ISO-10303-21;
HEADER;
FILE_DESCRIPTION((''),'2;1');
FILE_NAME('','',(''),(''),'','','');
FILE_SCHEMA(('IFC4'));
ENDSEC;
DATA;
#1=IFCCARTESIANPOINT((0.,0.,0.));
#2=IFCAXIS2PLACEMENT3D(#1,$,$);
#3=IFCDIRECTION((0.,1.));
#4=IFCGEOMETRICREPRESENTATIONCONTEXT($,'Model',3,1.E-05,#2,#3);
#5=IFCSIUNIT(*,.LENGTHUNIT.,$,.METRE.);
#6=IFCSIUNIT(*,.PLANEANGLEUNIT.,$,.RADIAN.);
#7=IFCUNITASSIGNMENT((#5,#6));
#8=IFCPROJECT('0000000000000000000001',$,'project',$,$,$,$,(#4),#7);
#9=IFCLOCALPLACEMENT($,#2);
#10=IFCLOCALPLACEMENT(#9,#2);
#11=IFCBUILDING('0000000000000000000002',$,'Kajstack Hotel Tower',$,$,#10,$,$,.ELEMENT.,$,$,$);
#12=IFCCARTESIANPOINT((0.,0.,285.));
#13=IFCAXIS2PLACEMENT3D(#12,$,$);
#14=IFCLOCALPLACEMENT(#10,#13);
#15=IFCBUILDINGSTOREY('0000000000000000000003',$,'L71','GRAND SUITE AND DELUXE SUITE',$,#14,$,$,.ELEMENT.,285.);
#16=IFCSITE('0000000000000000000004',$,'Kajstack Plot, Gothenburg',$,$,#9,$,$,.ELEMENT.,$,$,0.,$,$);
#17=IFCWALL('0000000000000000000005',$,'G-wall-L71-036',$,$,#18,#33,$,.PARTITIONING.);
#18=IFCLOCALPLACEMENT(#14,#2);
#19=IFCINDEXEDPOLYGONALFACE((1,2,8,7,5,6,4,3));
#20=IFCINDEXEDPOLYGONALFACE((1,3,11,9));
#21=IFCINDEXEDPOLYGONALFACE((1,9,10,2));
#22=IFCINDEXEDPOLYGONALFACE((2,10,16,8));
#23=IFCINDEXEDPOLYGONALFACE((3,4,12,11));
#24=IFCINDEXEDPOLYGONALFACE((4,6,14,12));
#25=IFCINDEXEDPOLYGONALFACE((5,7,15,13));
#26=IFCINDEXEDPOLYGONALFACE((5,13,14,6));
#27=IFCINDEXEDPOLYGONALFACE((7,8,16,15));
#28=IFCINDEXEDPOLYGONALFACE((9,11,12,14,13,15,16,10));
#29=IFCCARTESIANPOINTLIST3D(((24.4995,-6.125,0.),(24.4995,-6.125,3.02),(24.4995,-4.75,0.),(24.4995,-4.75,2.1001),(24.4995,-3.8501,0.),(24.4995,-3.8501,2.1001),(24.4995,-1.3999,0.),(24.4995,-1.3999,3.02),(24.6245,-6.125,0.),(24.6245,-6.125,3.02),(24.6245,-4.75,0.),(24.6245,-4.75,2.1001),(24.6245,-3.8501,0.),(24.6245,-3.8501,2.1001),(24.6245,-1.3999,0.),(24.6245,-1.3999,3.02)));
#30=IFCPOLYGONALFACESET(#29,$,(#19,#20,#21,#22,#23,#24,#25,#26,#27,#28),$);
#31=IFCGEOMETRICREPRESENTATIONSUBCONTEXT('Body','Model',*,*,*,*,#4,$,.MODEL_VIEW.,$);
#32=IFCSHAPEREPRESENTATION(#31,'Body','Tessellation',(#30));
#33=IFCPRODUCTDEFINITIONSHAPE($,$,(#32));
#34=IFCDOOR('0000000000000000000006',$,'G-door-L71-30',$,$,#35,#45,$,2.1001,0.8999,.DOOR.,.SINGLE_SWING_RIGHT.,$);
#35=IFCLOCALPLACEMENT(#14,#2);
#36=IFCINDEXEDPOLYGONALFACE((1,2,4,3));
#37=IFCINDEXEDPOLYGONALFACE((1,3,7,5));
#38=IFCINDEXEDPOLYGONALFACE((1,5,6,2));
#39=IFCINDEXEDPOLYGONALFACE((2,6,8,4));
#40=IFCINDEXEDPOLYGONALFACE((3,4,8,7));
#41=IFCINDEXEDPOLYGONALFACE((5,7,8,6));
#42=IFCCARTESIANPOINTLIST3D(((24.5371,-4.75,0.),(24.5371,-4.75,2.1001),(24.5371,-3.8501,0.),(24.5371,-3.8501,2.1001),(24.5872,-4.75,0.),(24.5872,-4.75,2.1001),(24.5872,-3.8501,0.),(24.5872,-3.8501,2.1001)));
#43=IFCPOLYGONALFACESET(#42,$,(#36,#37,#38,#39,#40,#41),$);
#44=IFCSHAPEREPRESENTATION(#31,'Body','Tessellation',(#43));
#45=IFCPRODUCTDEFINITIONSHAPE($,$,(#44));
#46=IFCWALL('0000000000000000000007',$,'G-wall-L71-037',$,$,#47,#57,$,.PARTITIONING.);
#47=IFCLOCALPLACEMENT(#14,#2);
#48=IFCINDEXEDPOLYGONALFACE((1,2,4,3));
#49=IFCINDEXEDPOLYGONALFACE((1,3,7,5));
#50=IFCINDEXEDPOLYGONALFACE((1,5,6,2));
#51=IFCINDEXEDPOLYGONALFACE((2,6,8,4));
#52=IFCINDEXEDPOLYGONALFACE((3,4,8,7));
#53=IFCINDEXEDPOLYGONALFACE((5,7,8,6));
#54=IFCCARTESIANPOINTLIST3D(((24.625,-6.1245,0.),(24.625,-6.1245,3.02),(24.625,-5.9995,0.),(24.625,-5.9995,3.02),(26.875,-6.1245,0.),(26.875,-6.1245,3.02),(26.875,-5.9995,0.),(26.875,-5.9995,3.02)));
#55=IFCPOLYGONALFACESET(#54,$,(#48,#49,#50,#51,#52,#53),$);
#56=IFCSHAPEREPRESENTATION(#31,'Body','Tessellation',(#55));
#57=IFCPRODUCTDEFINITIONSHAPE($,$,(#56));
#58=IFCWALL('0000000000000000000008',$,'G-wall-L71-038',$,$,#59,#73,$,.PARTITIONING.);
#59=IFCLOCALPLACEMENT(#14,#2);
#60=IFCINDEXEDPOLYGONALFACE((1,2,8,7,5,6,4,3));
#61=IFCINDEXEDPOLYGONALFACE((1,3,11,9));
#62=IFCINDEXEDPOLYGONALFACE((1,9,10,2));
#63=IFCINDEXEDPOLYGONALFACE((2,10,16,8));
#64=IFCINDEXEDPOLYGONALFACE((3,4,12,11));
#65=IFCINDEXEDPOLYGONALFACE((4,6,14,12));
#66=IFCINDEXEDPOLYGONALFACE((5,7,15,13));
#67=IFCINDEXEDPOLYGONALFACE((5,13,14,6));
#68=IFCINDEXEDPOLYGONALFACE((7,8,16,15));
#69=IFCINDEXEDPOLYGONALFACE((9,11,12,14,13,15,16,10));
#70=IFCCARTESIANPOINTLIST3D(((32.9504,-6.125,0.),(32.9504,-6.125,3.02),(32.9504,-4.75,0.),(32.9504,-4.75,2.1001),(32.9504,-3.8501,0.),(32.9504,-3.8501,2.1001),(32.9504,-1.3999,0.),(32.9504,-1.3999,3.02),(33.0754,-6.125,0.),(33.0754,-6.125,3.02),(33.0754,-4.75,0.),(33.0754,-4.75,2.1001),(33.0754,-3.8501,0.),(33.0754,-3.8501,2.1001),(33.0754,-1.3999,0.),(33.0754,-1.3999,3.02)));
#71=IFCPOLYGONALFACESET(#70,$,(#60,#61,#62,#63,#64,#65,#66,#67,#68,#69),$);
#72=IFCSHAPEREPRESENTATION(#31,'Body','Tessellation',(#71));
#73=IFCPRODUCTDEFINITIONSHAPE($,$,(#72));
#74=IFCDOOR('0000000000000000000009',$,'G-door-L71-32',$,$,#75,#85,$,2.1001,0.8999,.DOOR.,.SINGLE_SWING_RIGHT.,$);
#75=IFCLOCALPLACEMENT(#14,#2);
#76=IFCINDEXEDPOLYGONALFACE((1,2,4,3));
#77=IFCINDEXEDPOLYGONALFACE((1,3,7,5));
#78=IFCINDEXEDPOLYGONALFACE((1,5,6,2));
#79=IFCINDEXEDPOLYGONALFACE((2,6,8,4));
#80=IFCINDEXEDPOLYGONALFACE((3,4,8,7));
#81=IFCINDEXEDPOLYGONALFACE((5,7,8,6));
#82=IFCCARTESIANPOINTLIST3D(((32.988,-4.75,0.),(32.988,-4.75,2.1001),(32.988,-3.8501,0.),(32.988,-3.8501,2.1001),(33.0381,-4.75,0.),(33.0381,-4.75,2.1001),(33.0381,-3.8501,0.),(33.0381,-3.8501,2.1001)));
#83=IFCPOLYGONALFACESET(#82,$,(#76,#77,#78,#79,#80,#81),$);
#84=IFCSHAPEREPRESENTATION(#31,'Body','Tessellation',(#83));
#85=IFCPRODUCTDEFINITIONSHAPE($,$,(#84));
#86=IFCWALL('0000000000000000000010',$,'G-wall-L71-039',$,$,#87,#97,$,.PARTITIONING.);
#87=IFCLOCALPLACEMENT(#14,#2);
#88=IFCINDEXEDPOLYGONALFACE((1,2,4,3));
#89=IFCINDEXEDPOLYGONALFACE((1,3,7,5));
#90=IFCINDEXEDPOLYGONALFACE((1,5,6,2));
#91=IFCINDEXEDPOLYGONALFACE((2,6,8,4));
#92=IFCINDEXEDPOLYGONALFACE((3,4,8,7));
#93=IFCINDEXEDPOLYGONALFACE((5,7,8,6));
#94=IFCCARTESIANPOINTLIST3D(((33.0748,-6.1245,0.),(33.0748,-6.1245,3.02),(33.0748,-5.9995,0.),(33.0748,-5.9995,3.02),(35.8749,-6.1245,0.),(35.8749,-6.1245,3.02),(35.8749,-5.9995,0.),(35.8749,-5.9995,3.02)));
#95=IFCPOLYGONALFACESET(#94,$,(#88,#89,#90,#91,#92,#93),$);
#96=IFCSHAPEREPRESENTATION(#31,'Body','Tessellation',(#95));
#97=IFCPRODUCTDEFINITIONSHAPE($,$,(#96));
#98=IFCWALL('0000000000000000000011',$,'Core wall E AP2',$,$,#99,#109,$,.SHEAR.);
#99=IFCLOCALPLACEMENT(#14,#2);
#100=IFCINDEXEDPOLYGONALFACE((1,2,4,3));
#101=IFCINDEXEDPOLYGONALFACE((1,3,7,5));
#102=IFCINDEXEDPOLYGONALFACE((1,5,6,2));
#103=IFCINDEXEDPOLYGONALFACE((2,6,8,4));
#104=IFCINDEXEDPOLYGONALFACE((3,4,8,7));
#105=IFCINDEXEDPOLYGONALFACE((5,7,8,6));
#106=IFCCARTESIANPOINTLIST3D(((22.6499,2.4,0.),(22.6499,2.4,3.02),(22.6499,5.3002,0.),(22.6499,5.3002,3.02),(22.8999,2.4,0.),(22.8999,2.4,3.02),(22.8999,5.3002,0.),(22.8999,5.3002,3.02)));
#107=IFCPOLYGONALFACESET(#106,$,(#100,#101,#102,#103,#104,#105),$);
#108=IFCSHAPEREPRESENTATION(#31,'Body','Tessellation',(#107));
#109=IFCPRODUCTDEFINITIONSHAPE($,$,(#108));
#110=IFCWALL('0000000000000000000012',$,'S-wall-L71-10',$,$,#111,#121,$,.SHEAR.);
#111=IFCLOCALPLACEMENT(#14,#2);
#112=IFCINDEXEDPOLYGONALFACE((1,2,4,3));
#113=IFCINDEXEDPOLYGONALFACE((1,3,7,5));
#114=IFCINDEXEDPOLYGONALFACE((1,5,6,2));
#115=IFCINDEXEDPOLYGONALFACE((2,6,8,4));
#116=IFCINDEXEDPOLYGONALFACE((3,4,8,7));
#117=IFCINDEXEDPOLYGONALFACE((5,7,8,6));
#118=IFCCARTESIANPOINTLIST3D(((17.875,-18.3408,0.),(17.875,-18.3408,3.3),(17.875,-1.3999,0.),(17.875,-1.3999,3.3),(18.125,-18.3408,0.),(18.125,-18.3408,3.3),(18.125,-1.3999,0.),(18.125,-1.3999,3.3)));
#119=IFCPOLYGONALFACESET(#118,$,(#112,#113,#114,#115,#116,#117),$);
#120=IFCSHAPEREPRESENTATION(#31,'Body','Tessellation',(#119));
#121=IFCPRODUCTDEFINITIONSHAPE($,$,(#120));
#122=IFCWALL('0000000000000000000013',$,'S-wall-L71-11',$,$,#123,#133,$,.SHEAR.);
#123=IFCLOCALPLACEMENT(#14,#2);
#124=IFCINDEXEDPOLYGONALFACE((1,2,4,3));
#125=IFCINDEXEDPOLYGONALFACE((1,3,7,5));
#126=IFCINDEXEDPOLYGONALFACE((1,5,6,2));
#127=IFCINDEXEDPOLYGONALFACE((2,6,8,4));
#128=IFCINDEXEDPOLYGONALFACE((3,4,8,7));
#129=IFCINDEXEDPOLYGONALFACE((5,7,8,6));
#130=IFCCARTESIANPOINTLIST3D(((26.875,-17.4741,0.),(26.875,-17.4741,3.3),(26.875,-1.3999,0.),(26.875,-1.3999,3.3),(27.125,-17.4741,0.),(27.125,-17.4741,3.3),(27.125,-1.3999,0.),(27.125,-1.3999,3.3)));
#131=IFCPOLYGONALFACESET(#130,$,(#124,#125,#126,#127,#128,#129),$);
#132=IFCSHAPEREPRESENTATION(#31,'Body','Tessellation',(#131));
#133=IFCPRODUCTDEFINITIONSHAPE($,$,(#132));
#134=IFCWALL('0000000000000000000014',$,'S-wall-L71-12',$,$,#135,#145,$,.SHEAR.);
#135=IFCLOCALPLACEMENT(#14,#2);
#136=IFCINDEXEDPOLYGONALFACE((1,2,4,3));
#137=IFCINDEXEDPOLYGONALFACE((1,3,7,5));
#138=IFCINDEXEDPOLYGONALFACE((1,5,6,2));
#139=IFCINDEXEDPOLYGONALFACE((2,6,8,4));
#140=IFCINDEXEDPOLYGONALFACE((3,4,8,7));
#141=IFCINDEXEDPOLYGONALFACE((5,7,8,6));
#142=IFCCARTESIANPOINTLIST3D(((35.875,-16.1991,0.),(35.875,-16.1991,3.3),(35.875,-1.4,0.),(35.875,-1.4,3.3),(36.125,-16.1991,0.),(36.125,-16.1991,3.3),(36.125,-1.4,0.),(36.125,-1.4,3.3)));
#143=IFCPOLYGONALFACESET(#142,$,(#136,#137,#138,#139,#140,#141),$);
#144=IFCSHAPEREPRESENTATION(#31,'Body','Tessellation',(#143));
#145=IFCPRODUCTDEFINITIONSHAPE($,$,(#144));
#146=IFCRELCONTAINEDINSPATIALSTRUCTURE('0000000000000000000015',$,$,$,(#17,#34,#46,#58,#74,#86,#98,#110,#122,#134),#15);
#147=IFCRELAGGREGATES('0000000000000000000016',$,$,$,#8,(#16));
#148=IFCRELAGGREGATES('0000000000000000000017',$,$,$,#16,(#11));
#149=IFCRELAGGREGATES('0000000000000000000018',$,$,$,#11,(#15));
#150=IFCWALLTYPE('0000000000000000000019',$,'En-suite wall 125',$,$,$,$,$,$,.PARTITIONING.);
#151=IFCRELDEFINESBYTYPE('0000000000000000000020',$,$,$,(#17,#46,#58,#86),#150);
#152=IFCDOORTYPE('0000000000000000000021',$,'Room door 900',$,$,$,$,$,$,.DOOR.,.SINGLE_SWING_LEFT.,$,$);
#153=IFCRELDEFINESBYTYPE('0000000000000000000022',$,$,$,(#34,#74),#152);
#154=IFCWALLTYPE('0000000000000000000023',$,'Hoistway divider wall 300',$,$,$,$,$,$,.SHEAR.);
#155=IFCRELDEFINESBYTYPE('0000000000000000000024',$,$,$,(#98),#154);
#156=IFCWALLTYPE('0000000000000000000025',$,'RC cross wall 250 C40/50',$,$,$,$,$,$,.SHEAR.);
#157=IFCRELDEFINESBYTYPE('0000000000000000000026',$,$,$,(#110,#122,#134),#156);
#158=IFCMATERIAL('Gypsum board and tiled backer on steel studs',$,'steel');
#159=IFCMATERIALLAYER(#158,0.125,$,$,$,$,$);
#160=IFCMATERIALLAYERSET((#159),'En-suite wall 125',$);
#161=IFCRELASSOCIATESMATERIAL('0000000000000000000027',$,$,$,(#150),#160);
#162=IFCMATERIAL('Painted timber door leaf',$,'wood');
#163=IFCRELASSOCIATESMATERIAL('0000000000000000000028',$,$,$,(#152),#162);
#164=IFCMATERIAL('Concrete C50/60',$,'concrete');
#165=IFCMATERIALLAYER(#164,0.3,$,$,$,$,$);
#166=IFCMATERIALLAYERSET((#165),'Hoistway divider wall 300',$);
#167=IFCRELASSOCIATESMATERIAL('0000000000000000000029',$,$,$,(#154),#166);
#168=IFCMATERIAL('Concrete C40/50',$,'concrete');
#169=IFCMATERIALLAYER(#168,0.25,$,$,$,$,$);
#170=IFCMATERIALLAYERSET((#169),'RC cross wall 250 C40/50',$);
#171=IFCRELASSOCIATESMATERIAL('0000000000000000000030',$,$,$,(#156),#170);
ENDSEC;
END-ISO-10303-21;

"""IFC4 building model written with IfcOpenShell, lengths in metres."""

from ifc_helpers import new_model, si_unit, direction, frame, frame_2d, origin, place, context, subcontext, project, spatial, rectangle, extrude, material, layer, layer_set, type_object, element, fill, save


model = new_model("IFC4")

# Units and contexts
model_context = context("Model", 3, precision=1e-05, world=origin(), true_north=direction((0.0, 1.0)))
body_context = subcontext(model_context, "Body", "Model", "MODEL_VIEW")
ifc_project = project(units=[si_unit("LENGTHUNIT", "METRE"), si_unit("PLANEANGLEUNIT", "RADIAN")], contexts=[model_context])

# Site, building, storey
site_placement = place(None, origin())
site = spatial("IfcSite", under=ifc_project, at=site_placement, Name="Kajstack Plot, Gothenburg", CompositionType="ELEMENT", RefElevation=0.0)
building_placement = place(site_placement, origin())
building = spatial("IfcBuilding", under=site, at=building_placement, Name="Kajstack Hotel Tower", CompositionType="ELEMENT")
storey_placement = place(building_placement, frame((0.0, 0.0, 285.0)))
storey = spatial("IfcBuildingStorey", under=building, at=storey_placement, Name="L71", Description="GRAND SUITE AND DELUXE SUITE", CompositionType="ELEMENT", Elevation=285.0)

# Shared definitions
ifc_material_1 = material(Name="Gypsum board and tiled backer on steel studs", Category="steel")
ifc_layer_1 = layer(ifc_material_1, 0.125)
ifc_layer_set_1 = layer_set([ifc_layer_1], Name="En-suite wall 125")
wall_type_1 = type_object("IfcWallType", Name="En-suite wall 125", PredefinedType="PARTITIONING", material=ifc_layer_set_1)
ifc_material_2 = material(Name="Painted timber door leaf", Category="wood")
door_type_1 = type_object("IfcDoorType", Name="Room door 900", OperationType="SINGLE_SWING_LEFT", PredefinedType="DOOR", material=ifc_material_2)

# Wall, opening, door
wall_1_placement = place(storey_placement, frame((24.562, -6.125, 0.0), z_axis=(0.0, 0.0, 1.0), x_axis=(0.0, 1.0, 0.0)))
wall_1 = element("IfcWall", 1, at=wall_1_placement, inside=storey, type_object=wall_type_1, Name="G-wall-L71-036", PredefinedType="PARTITIONING", context=body_context, shape_type="SweptSolid", body=[
    extrude(rectangle(XDim=4.7251, YDim=0.125, at=frame_2d((2.3625, 0.0))), origin(), (0.0, 0.0, 1.0), 3.02),
])
opening_1_placement = place(wall_1_placement, frame((1.375, 0.0, 0.0)))
opening_1 = element("IfcOpeningElement", 2, at=opening_1_placement, cuts=wall_1, PredefinedType="OPENING", context=body_context, shape_type="SweptSolid", body=[
    extrude(rectangle(XDim=0.8999, YDim=2.1001, at=frame_2d((0.45, 1.05))), frame((0.0, 0.0725, 0.0), z_axis=(0.0, -1.0, 0.0), x_axis=(1.0, 0.0, 0.0)), (0.0, 0.0, 1.0), 0.145),
])
door_1_placement = place(opening_1_placement, origin())
door_1 = element("IfcDoor", 3, at=door_1_placement, inside=storey, type_object=door_type_1, Name="G-door-L71-30", OperationType="SINGLE_SWING_RIGHT", OverallHeight=2.1001, OverallWidth=0.8999, PredefinedType="DOOR", context=body_context, shape_type="SweptSolid", body=[
    extrude(rectangle(XDim=0.8999, YDim=2.1001, at=frame_2d((0.45, 1.05))), frame((0.0, 0.0249, 0.0), z_axis=(0.0, -1.0, 0.0), x_axis=(1.0, 0.0, 0.0)), (0.0, 0.0, 1.0), 0.05),
])
fill(opening_1, door_1)

# Wall
wall_2_placement = place(storey_placement, frame((24.625, -6.062, 0.0), z_axis=(0.0, 0.0, 1.0), x_axis=(1.0, 0.0, 0.0)))
element("IfcWall", 4, at=wall_2_placement, inside=storey, type_object=wall_type_1, Name="G-wall-L71-037", PredefinedType="PARTITIONING", context=body_context, shape_type="SweptSolid", body=[
    extrude(rectangle(XDim=2.25, YDim=0.125, at=frame_2d((1.125, 0.0))), origin(), (0.0, 0.0, 1.0), 3.02),
])

# Wall, opening, door
wall_3_placement = place(storey_placement, frame((33.0129, -6.125, 0.0), z_axis=(0.0, 0.0, 1.0), x_axis=(0.0, 1.0, 0.0)))
wall_3 = element("IfcWall", 5, at=wall_3_placement, inside=storey, type_object=wall_type_1, Name="G-wall-L71-038", PredefinedType="PARTITIONING", context=body_context, shape_type="SweptSolid", body=[
    extrude(rectangle(XDim=4.7251, YDim=0.125, at=frame_2d((2.3625, 0.0))), origin(), (0.0, 0.0, 1.0), 3.02),
])
opening_2_placement = place(wall_3_placement, frame((1.375, 0.0, 0.0)))
opening_2 = element("IfcOpeningElement", 6, at=opening_2_placement, cuts=wall_3, PredefinedType="OPENING", context=body_context, shape_type="SweptSolid", body=[
    extrude(rectangle(XDim=0.8999, YDim=2.1001, at=frame_2d((0.45, 1.05))), frame((0.0, 0.0725, 0.0), z_axis=(0.0, -1.0, 0.0), x_axis=(1.0, 0.0, 0.0)), (0.0, 0.0, 1.0), 0.145),
])
door_2_placement = place(opening_2_placement, origin())
door_2 = element("IfcDoor", 7, at=door_2_placement, inside=storey, type_object=door_type_1, Name="G-door-L71-32", OperationType="SINGLE_SWING_RIGHT", OverallHeight=2.1001, OverallWidth=0.8999, PredefinedType="DOOR", context=body_context, shape_type="SweptSolid", body=[
    extrude(rectangle(XDim=0.8999, YDim=2.1001, at=frame_2d((0.45, 1.05))), frame((0.0, 0.0249, 0.0), z_axis=(0.0, -1.0, 0.0), x_axis=(1.0, 0.0, 0.0)), (0.0, 0.0, 1.0), 0.05),
])
fill(opening_2, door_2)

# Walls
wall_4_placement = place(storey_placement, frame((33.075, -6.062, 0.0), z_axis=(0.0, 0.0, 1.0), x_axis=(1.0, 0.0, 0.0)))
element("IfcWall", 8, at=wall_4_placement, inside=storey, type_object=wall_type_1, Name="G-wall-L71-039", PredefinedType="PARTITIONING", context=body_context, shape_type="SweptSolid", body=[
    extrude(rectangle(XDim=2.8, YDim=0.125, at=frame_2d((1.3999, 0.0))), origin(), (0.0, 0.0, 1.0), 3.02),
])
ifc_material_3 = material(Name="Concrete C50/60", Category="concrete")
ifc_layer_2 = layer(ifc_material_3, 0.3)
ifc_layer_set_2 = layer_set([ifc_layer_2], Name="Hoistway divider wall 300")
wall_type_2 = type_object("IfcWallType", Name="Hoistway divider wall 300", PredefinedType="SHEAR", material=ifc_layer_set_2)
wall_5_placement = place(storey_placement, frame((22.7749, 2.3999, 0.0), z_axis=(0.0, 0.0, 1.0), x_axis=(0.0, 1.0, 0.0)))
element("IfcWall", 9, at=wall_5_placement, inside=storey, type_object=wall_type_2, Name="Core wall E AP2", PredefinedType="SHEAR", context=body_context, shape_type="SweptSolid", body=[
    extrude(rectangle(XDim=2.9001, YDim=0.25, at=frame_2d((1.4502, 0.0))), origin(), (0.0, 0.0, 1.0), 3.02),
])
ifc_material_4 = material(Name="Concrete C40/50", Category="concrete")
ifc_layer_3 = layer(ifc_material_4, 0.25)
ifc_layer_set_3 = layer_set([ifc_layer_3], Name="RC cross wall 250 C40/50")
wall_type_3 = type_object("IfcWallType", Name="RC cross wall 250 C40/50", PredefinedType="SHEAR", material=ifc_layer_set_3)
wall_6_placement = place(storey_placement, frame((18.0, -18.3408, 0.0), z_axis=(0.0, 0.0, 1.0), x_axis=(0.0, 1.0, 0.0)))
element("IfcWall", 10, at=wall_6_placement, inside=storey, type_object=wall_type_3, Name="S-wall-L71-10", PredefinedType="SHEAR", context=body_context, shape_type="SweptSolid", body=[
    extrude(rectangle(XDim=16.9409, YDim=0.25, at=frame_2d((8.4705, 0.0))), origin(), (0.0, 0.0, 1.0), 3.3),
])
wall_7_placement = place(storey_placement, frame((27.0, -17.4741, 0.0), z_axis=(0.0, 0.0, 1.0), x_axis=(0.0, 1.0, 0.0)))
element("IfcWall", 11, at=wall_7_placement, inside=storey, type_object=wall_type_3, Name="S-wall-L71-11", PredefinedType="SHEAR", context=body_context, shape_type="SweptSolid", body=[
    extrude(rectangle(XDim=16.0742, YDim=0.25, at=frame_2d((8.0371, 0.0))), origin(), (0.0, 0.0, 1.0), 3.3),
])
wall_8_placement = place(storey_placement, frame((36.0, -16.199, 0.0), z_axis=(0.0, 0.0, 1.0), x_axis=(0.0, 1.0, 0.0)))
element("IfcWall", 12, at=wall_8_placement, inside=storey, type_object=wall_type_3, Name="S-wall-L71-12", PredefinedType="SHEAR", context=body_context, shape_type="SweptSolid", body=[
    extrude(rectangle(XDim=14.7991, YDim=0.25, at=frame_2d((7.3994, 0.0))), origin(), (0.0, 0.0, 1.0), 3.3),
])

save(model, "model.ifc")
